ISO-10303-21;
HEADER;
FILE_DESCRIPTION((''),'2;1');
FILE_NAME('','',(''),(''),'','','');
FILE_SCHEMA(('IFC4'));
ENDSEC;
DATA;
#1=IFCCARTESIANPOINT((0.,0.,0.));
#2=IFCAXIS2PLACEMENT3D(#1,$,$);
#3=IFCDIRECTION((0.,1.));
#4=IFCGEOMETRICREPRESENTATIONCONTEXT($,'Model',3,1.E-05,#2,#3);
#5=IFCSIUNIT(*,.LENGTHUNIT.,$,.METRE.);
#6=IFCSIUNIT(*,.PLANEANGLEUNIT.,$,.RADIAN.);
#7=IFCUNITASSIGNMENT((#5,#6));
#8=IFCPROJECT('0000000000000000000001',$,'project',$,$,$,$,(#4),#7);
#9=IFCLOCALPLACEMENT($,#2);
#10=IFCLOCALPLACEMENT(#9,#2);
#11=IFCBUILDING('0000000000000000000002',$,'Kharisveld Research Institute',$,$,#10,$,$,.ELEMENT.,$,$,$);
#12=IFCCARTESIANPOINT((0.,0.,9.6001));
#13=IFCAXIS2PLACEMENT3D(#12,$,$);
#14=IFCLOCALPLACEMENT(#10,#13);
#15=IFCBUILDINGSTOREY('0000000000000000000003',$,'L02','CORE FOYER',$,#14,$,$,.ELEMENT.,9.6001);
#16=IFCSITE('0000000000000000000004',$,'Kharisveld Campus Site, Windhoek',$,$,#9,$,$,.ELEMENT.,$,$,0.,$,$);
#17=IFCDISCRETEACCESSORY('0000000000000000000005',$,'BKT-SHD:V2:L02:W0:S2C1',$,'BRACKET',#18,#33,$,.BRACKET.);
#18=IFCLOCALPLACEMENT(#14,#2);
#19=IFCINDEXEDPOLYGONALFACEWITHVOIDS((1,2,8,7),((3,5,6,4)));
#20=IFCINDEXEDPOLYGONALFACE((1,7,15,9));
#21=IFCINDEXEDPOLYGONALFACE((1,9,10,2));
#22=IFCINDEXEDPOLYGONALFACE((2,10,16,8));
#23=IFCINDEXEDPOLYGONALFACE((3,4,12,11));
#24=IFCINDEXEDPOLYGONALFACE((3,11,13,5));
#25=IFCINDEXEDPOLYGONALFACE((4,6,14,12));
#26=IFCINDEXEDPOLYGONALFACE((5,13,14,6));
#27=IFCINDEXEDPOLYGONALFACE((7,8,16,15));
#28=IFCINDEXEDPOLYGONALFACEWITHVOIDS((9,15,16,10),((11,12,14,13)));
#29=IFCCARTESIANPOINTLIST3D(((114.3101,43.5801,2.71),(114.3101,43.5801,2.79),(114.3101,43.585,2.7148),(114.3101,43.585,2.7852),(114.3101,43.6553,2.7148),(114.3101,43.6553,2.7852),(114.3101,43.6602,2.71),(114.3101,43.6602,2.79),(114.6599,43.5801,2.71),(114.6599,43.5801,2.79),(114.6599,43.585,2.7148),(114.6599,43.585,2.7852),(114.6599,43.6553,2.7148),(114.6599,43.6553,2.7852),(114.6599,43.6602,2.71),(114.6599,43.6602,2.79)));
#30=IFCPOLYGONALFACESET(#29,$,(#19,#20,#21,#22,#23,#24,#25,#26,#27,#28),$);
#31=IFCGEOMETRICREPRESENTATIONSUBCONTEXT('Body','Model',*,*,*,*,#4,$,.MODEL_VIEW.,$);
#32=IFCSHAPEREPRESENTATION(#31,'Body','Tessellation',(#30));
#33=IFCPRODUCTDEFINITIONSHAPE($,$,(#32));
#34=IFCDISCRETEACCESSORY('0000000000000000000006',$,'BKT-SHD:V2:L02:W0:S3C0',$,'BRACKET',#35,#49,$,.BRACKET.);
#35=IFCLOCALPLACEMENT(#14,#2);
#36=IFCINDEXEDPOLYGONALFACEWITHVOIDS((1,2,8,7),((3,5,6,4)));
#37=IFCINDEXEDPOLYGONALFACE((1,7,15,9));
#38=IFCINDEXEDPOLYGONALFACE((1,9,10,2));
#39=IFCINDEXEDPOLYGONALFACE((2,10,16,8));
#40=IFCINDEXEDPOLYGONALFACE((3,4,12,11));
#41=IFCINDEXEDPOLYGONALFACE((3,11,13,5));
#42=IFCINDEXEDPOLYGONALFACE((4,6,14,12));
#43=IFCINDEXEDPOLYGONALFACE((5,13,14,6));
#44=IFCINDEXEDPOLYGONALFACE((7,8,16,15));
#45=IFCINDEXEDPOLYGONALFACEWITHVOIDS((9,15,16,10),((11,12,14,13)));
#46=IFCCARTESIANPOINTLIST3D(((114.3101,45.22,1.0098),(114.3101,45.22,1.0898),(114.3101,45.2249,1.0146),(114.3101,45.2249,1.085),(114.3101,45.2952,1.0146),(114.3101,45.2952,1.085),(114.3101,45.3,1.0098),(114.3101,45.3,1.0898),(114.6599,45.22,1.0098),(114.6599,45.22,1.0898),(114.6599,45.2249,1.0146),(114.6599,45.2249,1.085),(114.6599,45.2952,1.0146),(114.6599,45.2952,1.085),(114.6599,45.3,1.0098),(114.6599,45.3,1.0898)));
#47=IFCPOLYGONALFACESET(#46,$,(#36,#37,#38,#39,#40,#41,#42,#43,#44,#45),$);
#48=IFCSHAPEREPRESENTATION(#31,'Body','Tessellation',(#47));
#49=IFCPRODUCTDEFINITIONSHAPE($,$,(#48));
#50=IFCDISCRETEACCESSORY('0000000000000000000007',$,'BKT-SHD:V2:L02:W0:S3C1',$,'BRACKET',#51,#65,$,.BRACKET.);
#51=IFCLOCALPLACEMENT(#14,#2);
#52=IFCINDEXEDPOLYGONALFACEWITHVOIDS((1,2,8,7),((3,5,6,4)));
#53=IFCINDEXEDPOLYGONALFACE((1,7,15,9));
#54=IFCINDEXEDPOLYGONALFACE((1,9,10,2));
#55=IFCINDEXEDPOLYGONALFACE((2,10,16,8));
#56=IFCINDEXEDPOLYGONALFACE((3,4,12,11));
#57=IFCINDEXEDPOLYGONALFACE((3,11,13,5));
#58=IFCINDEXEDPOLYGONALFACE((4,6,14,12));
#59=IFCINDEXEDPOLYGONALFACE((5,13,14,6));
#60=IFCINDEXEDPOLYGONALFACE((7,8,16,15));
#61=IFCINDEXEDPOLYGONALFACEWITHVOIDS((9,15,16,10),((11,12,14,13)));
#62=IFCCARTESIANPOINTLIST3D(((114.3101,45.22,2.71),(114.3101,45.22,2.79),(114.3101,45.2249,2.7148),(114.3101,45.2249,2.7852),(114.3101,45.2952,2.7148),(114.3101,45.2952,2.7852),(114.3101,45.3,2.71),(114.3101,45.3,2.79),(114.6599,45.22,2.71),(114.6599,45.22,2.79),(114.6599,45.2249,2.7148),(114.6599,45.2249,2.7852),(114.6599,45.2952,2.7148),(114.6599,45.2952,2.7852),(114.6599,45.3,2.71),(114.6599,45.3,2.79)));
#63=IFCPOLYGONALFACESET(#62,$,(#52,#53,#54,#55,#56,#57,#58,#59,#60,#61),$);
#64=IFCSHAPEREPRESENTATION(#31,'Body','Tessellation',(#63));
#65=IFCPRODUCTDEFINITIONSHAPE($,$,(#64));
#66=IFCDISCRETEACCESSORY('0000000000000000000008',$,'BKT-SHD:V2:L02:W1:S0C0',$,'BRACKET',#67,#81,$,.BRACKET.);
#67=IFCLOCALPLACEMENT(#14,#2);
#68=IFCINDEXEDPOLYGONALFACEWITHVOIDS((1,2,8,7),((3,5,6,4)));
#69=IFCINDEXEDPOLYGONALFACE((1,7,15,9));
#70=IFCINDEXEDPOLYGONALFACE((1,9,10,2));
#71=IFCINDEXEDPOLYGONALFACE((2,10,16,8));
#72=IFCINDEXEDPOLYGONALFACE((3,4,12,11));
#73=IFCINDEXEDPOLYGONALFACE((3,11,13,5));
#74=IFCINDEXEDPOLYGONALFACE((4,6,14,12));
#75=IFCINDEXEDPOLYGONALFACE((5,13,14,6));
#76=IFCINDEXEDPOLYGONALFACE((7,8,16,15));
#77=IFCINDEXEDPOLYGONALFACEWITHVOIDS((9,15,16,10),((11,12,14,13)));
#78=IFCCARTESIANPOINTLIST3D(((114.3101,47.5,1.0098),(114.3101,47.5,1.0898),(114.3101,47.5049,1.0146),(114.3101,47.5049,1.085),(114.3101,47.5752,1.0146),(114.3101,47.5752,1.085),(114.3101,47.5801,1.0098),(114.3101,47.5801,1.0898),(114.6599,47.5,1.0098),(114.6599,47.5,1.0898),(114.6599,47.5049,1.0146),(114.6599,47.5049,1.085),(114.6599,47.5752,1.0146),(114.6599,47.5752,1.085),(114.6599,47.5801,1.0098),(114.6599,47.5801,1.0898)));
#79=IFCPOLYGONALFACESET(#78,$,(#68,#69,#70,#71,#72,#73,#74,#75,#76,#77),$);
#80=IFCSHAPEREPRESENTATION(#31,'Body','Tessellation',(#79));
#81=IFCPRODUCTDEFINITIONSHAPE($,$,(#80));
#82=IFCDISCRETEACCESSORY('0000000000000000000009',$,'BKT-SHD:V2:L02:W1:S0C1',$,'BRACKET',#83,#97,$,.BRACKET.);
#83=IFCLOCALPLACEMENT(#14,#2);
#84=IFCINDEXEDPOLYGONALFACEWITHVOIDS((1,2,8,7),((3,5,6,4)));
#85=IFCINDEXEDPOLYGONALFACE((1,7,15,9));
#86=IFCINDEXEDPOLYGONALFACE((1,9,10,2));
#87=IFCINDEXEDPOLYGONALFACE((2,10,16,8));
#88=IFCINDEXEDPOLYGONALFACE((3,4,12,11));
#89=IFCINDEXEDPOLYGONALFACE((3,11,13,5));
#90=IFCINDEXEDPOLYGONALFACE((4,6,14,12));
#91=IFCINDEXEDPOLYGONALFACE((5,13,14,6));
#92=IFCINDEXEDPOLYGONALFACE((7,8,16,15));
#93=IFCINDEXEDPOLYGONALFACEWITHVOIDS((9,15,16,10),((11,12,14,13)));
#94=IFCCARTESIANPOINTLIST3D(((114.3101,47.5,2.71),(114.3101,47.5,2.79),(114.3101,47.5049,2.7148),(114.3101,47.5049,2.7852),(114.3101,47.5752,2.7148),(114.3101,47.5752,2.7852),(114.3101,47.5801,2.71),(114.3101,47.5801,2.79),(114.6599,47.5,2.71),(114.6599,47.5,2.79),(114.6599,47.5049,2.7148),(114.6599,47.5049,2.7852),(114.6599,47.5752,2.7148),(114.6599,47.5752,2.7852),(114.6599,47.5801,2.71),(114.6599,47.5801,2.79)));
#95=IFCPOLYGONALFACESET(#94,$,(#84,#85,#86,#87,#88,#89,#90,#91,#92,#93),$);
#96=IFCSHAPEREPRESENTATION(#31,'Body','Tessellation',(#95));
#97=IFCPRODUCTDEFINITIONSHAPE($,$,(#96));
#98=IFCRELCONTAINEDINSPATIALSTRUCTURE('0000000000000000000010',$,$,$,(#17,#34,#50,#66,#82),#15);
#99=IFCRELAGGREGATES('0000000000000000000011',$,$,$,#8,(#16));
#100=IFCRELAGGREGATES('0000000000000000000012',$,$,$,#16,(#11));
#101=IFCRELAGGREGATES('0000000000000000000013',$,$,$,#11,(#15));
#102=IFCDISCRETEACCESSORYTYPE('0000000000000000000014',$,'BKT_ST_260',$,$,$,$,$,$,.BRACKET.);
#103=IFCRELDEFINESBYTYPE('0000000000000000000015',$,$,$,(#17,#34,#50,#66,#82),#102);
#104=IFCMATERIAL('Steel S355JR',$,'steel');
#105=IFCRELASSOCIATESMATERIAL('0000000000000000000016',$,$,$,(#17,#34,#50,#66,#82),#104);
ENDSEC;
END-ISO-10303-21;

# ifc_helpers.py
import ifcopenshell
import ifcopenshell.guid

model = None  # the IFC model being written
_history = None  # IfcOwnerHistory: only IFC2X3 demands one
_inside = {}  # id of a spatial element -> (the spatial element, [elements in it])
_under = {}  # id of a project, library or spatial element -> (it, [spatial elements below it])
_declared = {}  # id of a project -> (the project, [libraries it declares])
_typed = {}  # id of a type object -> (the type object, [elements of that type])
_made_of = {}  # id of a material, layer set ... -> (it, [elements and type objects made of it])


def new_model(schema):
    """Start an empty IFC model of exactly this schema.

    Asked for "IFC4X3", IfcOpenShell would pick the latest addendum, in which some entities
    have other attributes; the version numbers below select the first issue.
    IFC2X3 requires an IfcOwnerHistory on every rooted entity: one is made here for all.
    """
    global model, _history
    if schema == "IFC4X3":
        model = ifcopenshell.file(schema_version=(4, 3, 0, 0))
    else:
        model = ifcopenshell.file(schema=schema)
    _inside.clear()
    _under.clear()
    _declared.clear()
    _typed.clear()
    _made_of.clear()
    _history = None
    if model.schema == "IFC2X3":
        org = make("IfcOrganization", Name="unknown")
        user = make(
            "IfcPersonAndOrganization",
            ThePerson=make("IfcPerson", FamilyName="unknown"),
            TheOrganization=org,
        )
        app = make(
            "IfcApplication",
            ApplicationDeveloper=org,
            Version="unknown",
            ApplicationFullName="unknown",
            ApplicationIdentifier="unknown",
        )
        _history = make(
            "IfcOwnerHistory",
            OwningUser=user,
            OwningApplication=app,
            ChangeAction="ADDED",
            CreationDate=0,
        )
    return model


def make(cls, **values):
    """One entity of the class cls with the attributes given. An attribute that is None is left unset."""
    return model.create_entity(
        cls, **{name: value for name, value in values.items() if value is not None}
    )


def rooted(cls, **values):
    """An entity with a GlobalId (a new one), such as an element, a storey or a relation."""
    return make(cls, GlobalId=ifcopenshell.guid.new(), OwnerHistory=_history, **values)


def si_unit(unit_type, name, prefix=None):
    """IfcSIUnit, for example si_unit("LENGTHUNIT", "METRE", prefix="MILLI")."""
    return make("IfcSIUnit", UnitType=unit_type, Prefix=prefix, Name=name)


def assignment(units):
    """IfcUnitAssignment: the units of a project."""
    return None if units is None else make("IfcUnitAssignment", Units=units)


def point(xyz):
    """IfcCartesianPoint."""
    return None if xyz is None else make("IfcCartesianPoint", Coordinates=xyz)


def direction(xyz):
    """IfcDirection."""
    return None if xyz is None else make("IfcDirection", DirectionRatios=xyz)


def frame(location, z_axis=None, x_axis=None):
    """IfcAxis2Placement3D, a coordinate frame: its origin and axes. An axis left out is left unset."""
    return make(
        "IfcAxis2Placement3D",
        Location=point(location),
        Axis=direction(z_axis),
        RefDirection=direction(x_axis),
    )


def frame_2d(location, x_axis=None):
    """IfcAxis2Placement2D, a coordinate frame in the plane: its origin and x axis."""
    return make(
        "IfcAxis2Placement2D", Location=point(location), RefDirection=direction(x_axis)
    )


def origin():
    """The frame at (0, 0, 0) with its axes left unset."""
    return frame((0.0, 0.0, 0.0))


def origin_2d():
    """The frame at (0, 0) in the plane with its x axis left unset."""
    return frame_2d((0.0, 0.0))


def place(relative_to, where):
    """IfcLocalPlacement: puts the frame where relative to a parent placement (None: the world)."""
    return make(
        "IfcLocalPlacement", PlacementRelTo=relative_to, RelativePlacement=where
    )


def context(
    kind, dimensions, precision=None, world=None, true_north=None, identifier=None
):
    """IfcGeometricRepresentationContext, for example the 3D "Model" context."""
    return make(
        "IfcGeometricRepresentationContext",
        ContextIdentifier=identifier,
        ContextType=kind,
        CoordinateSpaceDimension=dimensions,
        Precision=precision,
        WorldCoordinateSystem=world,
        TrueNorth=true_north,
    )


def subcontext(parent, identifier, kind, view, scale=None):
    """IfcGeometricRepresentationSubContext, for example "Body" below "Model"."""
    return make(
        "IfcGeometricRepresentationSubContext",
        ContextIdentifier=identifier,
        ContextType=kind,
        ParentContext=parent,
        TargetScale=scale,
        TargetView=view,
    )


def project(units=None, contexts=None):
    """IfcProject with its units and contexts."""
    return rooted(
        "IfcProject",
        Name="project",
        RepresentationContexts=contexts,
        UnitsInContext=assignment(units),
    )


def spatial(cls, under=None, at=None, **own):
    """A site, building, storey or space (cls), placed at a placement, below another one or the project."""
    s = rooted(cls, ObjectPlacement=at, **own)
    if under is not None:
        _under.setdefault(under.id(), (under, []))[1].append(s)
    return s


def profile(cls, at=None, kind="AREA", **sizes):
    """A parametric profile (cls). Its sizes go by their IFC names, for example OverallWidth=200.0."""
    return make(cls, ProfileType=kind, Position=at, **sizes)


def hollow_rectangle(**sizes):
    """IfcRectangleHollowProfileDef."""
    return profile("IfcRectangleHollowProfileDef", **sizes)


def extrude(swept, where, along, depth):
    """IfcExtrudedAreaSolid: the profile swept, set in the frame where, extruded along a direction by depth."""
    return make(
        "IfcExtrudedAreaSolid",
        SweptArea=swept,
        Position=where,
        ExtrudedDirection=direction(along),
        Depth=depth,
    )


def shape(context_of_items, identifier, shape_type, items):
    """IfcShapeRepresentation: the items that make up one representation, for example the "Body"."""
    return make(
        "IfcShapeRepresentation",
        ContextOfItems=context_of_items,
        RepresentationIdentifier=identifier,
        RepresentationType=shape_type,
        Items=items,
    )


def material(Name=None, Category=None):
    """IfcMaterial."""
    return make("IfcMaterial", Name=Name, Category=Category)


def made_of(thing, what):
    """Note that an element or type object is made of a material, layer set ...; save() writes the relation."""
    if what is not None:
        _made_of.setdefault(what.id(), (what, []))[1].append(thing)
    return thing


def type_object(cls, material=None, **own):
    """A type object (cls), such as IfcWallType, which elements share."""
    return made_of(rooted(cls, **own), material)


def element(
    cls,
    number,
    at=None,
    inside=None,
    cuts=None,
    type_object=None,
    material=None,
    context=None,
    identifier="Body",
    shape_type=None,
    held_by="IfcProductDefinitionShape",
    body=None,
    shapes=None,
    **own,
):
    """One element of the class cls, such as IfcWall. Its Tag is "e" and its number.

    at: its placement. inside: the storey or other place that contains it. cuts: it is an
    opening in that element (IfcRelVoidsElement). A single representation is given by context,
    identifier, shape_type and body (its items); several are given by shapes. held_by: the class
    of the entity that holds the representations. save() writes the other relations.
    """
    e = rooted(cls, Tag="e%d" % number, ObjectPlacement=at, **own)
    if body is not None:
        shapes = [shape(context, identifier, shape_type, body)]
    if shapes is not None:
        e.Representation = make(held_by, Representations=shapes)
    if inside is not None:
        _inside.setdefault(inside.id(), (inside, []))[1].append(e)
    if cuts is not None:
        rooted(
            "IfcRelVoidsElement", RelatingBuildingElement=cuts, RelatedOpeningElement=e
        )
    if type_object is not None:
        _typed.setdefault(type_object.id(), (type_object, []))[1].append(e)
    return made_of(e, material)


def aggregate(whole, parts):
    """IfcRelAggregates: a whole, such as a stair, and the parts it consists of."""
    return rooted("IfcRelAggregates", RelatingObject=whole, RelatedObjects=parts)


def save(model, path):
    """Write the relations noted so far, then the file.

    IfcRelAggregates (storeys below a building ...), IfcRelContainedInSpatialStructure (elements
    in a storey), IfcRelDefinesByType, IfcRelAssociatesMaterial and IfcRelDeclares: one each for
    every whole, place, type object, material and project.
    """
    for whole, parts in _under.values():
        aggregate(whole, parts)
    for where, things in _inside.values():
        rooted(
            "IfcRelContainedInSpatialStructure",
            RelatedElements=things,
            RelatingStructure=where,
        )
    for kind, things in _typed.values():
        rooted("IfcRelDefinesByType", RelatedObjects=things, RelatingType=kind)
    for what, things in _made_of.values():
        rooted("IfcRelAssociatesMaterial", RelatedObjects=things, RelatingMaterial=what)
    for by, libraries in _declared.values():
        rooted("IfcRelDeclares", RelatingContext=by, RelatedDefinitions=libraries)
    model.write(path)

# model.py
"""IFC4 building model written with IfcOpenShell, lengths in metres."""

from ifc_helpers import new_model, si_unit, direction, frame, origin, origin_2d, place, context, subcontext, project, spatial, hollow_rectangle, extrude, material, type_object, element, save


model = new_model("IFC4")

# Units and contexts
model_context = context("Model", 3, precision=1e-05, world=origin(), true_north=direction((0.0, 1.0)))
body_context = subcontext(model_context, "Body", "Model", "MODEL_VIEW")
ifc_project = project(units=[si_unit("LENGTHUNIT", "METRE"), si_unit("PLANEANGLEUNIT", "RADIAN")], contexts=[model_context])

# Site, building, storey
site_placement = place(None, origin())
site = spatial("IfcSite", under=ifc_project, at=site_placement, Name="Kharisveld Campus Site, Windhoek", CompositionType="ELEMENT", RefElevation=0.0)
building_placement = place(site_placement, origin())
building = spatial("IfcBuilding", under=site, at=building_placement, Name="Kharisveld Research Institute", CompositionType="ELEMENT")
storey_placement = place(building_placement, frame((0.0, 0.0, 9.6001)))
storey = spatial("IfcBuildingStorey", under=building, at=storey_placement, Name="L02", Description="CORE FOYER", CompositionType="ELEMENT", Elevation=9.6001)

# Discrete accessories
ifc_material_1 = material(Name="Steel S355JR", Category="steel")
discrete_accessory_type = type_object("IfcDiscreteAccessoryType", Name="BKT_ST_260", PredefinedType="BRACKET")
for number, where, z_axis, x_axis, name in (
    (1, (114.6599, 43.6201, 2.75), (-1.0, 0.0, 0.0), (0.0, -1.0, 0.0), "BKT-SHD:V2:L02:W0:S2C1"),
    (2, (114.6599, 45.26, 1.0498), (-1.0, 0.0, 0.0), (0.0, -1.0, 0.0), "BKT-SHD:V2:L02:W0:S3C0"),
    (3, (114.6599, 45.26, 2.75), (-1.0, 0.0, 0.0), (0.0, -1.0, 0.0), "BKT-SHD:V2:L02:W0:S3C1"),
    (4, (114.6599, 47.54, 1.0498), (-1.0, 0.0, 0.0), (0.0, -1.0, 0.0), "BKT-SHD:V2:L02:W1:S0C0"),
    (5, (114.6599, 47.54, 2.75), (-1.0, 0.0, 0.0), (0.0, -1.0, 0.0), "BKT-SHD:V2:L02:W1:S0C1"),
):
    element("IfcDiscreteAccessory", number, at=place(storey_placement, frame(where, z_axis=z_axis, x_axis=x_axis)), inside=storey, type_object=discrete_accessory_type, material=ifc_material_1, Name=name, ObjectType="BRACKET", PredefinedType="BRACKET", context=body_context, shape_type="SweptSolid", body=[
        extrude(hollow_rectangle(XDim=0.0801, YDim=0.0801, WallThickness=0.0049, at=origin_2d()), origin(), (0.0, 0.0, 1.0), 0.3499),
    ])

save(model, "model.ifc")
